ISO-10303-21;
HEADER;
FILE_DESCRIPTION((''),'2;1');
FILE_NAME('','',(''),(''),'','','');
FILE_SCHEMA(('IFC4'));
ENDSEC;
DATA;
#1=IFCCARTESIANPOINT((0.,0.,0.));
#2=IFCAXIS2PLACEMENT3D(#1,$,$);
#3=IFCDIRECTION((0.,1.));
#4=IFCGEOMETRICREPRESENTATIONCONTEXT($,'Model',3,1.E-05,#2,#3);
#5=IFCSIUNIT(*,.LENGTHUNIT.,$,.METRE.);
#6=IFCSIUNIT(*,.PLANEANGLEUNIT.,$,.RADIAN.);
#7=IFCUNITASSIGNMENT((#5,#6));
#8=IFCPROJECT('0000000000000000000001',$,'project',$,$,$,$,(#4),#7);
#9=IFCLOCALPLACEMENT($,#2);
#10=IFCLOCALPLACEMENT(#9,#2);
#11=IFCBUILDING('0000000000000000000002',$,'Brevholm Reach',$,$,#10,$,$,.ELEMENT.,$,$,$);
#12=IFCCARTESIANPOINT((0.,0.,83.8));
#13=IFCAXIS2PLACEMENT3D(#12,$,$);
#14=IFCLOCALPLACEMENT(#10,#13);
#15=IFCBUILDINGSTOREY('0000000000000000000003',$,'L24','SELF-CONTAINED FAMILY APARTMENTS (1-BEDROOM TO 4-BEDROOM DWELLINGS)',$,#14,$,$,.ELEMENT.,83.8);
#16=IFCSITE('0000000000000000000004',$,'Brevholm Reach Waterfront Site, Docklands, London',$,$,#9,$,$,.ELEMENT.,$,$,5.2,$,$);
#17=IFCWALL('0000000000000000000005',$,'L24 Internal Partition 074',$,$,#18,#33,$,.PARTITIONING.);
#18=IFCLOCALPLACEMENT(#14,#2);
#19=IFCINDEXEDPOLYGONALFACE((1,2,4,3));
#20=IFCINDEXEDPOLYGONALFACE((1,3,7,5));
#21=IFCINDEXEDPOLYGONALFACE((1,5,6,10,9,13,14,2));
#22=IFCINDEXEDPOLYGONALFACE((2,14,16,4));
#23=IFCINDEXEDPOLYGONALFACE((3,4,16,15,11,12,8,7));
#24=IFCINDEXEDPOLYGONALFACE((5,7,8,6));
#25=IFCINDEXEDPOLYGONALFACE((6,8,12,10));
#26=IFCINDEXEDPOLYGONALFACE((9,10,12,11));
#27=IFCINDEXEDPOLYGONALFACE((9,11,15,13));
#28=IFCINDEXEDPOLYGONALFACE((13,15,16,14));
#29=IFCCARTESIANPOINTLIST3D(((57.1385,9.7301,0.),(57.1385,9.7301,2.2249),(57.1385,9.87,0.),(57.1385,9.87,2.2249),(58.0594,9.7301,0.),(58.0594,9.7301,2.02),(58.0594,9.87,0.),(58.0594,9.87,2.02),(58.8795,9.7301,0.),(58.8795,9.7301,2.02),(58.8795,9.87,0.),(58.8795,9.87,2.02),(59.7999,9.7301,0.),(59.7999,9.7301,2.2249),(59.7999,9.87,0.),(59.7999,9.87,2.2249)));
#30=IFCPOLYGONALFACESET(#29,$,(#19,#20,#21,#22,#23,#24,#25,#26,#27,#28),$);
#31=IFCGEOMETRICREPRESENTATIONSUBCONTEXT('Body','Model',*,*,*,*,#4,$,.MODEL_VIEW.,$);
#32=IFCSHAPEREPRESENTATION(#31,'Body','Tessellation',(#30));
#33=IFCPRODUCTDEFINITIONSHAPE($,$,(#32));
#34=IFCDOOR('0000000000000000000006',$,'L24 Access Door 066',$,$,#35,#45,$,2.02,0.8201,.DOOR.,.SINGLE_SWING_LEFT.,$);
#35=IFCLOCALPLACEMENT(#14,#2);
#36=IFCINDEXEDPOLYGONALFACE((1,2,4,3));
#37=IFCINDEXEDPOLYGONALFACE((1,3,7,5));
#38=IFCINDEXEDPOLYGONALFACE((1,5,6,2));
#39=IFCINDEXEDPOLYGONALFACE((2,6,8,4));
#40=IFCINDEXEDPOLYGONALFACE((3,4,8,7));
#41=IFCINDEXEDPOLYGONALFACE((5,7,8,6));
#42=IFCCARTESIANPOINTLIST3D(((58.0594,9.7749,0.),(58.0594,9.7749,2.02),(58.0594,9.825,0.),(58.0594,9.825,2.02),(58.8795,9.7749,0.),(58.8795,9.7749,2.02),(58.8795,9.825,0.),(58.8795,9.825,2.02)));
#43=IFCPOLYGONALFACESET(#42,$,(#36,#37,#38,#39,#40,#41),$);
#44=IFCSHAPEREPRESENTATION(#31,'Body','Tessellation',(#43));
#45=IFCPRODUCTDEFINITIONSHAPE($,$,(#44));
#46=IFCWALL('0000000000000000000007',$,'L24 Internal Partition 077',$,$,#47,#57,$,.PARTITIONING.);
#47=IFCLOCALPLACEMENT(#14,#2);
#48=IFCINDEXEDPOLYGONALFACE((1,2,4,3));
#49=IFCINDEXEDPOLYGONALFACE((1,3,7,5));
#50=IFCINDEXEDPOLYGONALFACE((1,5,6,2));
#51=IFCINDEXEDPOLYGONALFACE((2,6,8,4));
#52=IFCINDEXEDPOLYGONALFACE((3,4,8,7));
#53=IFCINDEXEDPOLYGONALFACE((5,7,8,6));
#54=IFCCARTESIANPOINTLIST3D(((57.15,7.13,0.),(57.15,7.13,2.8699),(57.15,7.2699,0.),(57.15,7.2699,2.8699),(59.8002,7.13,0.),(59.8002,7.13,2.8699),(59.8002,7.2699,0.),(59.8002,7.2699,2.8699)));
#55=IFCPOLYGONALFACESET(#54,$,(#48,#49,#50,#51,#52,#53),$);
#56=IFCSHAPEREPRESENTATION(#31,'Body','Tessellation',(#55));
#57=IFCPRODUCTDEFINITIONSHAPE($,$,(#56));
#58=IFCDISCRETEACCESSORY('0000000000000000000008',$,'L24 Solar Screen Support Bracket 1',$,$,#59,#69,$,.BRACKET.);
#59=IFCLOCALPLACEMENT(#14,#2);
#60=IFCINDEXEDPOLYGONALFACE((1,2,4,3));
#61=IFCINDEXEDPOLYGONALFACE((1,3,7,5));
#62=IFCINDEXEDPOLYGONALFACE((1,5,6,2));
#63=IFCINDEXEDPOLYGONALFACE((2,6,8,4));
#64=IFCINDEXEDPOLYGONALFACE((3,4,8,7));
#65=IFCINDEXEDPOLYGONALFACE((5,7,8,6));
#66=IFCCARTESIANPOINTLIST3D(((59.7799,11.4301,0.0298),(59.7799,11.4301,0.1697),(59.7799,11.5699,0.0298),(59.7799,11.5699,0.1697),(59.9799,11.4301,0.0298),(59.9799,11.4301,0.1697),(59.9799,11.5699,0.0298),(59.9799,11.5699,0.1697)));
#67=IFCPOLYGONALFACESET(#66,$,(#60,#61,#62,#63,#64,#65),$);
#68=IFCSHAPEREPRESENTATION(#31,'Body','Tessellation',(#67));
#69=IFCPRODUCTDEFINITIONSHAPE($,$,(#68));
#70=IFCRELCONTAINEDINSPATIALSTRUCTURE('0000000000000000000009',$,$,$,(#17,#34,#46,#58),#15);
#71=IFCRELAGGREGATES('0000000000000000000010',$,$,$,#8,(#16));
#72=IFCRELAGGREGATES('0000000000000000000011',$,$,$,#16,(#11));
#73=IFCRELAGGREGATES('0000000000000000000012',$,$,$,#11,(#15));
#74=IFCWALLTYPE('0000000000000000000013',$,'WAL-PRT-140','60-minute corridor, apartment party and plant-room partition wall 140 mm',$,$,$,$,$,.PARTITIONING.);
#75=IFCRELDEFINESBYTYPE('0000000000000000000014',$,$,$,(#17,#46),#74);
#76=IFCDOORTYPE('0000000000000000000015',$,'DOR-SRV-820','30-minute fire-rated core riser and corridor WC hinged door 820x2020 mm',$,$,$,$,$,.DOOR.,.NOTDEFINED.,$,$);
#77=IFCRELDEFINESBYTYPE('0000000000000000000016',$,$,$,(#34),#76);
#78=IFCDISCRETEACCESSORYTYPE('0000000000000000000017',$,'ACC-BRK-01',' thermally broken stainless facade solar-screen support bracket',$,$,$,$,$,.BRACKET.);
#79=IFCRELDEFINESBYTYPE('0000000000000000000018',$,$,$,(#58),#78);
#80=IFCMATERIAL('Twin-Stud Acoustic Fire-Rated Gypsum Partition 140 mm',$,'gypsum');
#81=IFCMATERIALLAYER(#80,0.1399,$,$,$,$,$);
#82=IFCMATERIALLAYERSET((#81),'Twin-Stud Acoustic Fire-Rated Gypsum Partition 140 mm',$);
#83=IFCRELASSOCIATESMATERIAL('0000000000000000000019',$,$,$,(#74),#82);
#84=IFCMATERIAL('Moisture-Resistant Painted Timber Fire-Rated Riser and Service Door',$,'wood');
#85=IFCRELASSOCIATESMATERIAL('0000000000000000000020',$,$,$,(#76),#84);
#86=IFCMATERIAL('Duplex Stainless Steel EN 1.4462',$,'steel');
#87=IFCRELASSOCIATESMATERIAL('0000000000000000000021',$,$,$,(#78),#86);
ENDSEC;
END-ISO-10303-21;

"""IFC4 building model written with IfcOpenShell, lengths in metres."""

from ifc_helpers import new_model, si_unit, direction, frame, frame_2d, origin, origin_2d, place, context, subcontext, project, spatial, rectangle, extrude, material, layer, layer_set, type_object, element, fill, save


model = new_model("IFC4")

# Units and contexts
model_context = context("Model", 3, precision=1e-05, world=origin(), true_north=direction((0.0, 1.0)))
body_context = subcontext(model_context, "Body", "Model", "MODEL_VIEW")
ifc_project = project(units=[si_unit("LENGTHUNIT", "METRE"), si_unit("PLANEANGLEUNIT", "RADIAN")], contexts=[model_context])

# Site, building, storey
site_placement = place(None, origin())
site = spatial("IfcSite", under=ifc_project, at=site_placement, Name="Brevholm Reach Waterfront Site, Docklands, London", CompositionType="ELEMENT", RefElevation=5.2)
building_placement = place(site_placement, origin())
building = spatial("IfcBuilding", under=site, at=building_placement, Name="Brevholm Reach", CompositionType="ELEMENT")
storey_placement = place(building_placement, frame((0.0, 0.0, 83.8)))
storey = spatial("IfcBuildingStorey", under=building, at=storey_placement, Name="L24", Description="SELF-CONTAINED FAMILY APARTMENTS (1-BEDROOM TO 4-BEDROOM DWELLINGS)", CompositionType="ELEMENT", Elevation=83.8)

# Wall, opening, door
ifc_material_1 = material(Name="Twin-Stud Acoustic Fire-Rated Gypsum Partition 140 mm", Category="gypsum")
ifc_layer_1 = layer(ifc_material_1, 0.1399)
ifc_layer_set_1 = layer_set([ifc_layer_1], Name="Twin-Stud Acoustic Fire-Rated Gypsum Partition 140 mm")
wall_type_1 = type_object("IfcWallType", Name="WAL-PRT-140", Description="60-minute corridor, apartment party and plant-room partition wall 140 mm", PredefinedType="PARTITIONING", material=ifc_layer_set_1)
wall_1_placement = place(storey_placement, frame((57.1387, 9.8, 0.0), z_axis=(0.0, 0.0, 1.0), x_axis=(1.0, 0.0, 0.0)))
wall_1 = element("IfcWall", 1, at=wall_1_placement, inside=storey, type_object=wall_type_1, Name="L24 Internal Partition 074", PredefinedType="PARTITIONING", context=body_context, shape_type="SweptSolid", body=[
    extrude(rectangle(XDim=2.6614, YDim=0.1399, at=frame_2d((1.3306, 0.0))), origin(), (0.0, 0.0, 1.0), 2.2249),
])
opening_1_placement = place(wall_1_placement, frame((0.9207, 0.0, 0.0)))
opening_1 = element("IfcOpeningElement", 2, at=opening_1_placement, cuts=wall_1, PredefinedType="OPENING", context=body_context, shape_type="SweptSolid", body=[
    extrude(rectangle(XDim=0.8201, YDim=2.02, at=frame_2d((0.4102, 1.01))), frame((0.0, 0.0798, 0.0), z_axis=(0.0, -1.0, 0.0), x_axis=(1.0, 0.0, 0.0)), (0.0, 0.0, 1.0), 0.1599),
])
ifc_material_2 = material(Name="Moisture-Resistant Painted Timber Fire-Rated Riser and Service Door", Category="wood")
door_type_1 = type_object("IfcDoorType", Name="DOR-SRV-820", Description="30-minute fire-rated core riser and corridor WC hinged door 820x2020 mm", OperationType="NOTDEFINED", PredefinedType="DOOR", material=ifc_material_2)
door_1_placement = place(opening_1_placement, origin())
door_1 = element("IfcDoor", 3, at=door_1_placement, inside=storey, type_object=door_type_1, Name="L24 Access Door 066", OperationType="SINGLE_SWING_LEFT", OverallHeight=2.02, OverallWidth=0.8201, PredefinedType="DOOR", context=body_context, shape_type="SweptSolid", body=[
    extrude(rectangle(XDim=0.8201, YDim=2.02, at=frame_2d((0.4102, 1.01))), frame((0.0, 0.0249, 0.0), z_axis=(0.0, -1.0, 0.0), x_axis=(1.0, 0.0, 0.0)), (0.0, 0.0, 1.0), 0.05),
])
fill(opening_1, door_1)

# Wall
wall_2_placement = place(storey_placement, frame((57.1499, 7.2, 0.0), z_axis=(0.0, 0.0, 1.0), x_axis=(1.0, 0.0, 0.0)))
element("IfcWall", 4, at=wall_2_placement, inside=storey, type_object=wall_type_1, Name="L24 Internal Partition 077", PredefinedType="PARTITIONING", context=body_context, shape_type="SweptSolid", body=[
    extrude(rectangle(XDim=2.6501, YDim=0.1399, at=frame_2d((1.3252, 0.0))), origin(), (0.0, 0.0, 1.0), 2.8699),
])

# Discrete accessory
ifc_material_3 = material(Name="Duplex Stainless Steel EN 1.4462", Category="steel")
discrete_accessory_type = type_object("IfcDiscreteAccessoryType", Name="ACC-BRK-01", Description=" thermally broken stainless facade solar-screen support bracket", PredefinedType="BRACKET", material=ifc_material_3)
discrete_accessory_placement = place(storey_placement, frame((59.8799, 11.5, 0.0298), z_axis=(0.0, 0.0, 1.0), x_axis=(1.0, 0.0, 0.0)))
element("IfcDiscreteAccessory", 5, at=discrete_accessory_placement, inside=storey, type_object=discrete_accessory_type, Name="L24 Solar Screen Support Bracket 1", PredefinedType="BRACKET", context=body_context, shape_type="SweptSolid", body=[
    extrude(rectangle(XDim=0.2, YDim=0.1399, at=origin_2d()), origin(), (0.0, 0.0, 1.0), 0.1399),
])

save(model, "model.ifc")
